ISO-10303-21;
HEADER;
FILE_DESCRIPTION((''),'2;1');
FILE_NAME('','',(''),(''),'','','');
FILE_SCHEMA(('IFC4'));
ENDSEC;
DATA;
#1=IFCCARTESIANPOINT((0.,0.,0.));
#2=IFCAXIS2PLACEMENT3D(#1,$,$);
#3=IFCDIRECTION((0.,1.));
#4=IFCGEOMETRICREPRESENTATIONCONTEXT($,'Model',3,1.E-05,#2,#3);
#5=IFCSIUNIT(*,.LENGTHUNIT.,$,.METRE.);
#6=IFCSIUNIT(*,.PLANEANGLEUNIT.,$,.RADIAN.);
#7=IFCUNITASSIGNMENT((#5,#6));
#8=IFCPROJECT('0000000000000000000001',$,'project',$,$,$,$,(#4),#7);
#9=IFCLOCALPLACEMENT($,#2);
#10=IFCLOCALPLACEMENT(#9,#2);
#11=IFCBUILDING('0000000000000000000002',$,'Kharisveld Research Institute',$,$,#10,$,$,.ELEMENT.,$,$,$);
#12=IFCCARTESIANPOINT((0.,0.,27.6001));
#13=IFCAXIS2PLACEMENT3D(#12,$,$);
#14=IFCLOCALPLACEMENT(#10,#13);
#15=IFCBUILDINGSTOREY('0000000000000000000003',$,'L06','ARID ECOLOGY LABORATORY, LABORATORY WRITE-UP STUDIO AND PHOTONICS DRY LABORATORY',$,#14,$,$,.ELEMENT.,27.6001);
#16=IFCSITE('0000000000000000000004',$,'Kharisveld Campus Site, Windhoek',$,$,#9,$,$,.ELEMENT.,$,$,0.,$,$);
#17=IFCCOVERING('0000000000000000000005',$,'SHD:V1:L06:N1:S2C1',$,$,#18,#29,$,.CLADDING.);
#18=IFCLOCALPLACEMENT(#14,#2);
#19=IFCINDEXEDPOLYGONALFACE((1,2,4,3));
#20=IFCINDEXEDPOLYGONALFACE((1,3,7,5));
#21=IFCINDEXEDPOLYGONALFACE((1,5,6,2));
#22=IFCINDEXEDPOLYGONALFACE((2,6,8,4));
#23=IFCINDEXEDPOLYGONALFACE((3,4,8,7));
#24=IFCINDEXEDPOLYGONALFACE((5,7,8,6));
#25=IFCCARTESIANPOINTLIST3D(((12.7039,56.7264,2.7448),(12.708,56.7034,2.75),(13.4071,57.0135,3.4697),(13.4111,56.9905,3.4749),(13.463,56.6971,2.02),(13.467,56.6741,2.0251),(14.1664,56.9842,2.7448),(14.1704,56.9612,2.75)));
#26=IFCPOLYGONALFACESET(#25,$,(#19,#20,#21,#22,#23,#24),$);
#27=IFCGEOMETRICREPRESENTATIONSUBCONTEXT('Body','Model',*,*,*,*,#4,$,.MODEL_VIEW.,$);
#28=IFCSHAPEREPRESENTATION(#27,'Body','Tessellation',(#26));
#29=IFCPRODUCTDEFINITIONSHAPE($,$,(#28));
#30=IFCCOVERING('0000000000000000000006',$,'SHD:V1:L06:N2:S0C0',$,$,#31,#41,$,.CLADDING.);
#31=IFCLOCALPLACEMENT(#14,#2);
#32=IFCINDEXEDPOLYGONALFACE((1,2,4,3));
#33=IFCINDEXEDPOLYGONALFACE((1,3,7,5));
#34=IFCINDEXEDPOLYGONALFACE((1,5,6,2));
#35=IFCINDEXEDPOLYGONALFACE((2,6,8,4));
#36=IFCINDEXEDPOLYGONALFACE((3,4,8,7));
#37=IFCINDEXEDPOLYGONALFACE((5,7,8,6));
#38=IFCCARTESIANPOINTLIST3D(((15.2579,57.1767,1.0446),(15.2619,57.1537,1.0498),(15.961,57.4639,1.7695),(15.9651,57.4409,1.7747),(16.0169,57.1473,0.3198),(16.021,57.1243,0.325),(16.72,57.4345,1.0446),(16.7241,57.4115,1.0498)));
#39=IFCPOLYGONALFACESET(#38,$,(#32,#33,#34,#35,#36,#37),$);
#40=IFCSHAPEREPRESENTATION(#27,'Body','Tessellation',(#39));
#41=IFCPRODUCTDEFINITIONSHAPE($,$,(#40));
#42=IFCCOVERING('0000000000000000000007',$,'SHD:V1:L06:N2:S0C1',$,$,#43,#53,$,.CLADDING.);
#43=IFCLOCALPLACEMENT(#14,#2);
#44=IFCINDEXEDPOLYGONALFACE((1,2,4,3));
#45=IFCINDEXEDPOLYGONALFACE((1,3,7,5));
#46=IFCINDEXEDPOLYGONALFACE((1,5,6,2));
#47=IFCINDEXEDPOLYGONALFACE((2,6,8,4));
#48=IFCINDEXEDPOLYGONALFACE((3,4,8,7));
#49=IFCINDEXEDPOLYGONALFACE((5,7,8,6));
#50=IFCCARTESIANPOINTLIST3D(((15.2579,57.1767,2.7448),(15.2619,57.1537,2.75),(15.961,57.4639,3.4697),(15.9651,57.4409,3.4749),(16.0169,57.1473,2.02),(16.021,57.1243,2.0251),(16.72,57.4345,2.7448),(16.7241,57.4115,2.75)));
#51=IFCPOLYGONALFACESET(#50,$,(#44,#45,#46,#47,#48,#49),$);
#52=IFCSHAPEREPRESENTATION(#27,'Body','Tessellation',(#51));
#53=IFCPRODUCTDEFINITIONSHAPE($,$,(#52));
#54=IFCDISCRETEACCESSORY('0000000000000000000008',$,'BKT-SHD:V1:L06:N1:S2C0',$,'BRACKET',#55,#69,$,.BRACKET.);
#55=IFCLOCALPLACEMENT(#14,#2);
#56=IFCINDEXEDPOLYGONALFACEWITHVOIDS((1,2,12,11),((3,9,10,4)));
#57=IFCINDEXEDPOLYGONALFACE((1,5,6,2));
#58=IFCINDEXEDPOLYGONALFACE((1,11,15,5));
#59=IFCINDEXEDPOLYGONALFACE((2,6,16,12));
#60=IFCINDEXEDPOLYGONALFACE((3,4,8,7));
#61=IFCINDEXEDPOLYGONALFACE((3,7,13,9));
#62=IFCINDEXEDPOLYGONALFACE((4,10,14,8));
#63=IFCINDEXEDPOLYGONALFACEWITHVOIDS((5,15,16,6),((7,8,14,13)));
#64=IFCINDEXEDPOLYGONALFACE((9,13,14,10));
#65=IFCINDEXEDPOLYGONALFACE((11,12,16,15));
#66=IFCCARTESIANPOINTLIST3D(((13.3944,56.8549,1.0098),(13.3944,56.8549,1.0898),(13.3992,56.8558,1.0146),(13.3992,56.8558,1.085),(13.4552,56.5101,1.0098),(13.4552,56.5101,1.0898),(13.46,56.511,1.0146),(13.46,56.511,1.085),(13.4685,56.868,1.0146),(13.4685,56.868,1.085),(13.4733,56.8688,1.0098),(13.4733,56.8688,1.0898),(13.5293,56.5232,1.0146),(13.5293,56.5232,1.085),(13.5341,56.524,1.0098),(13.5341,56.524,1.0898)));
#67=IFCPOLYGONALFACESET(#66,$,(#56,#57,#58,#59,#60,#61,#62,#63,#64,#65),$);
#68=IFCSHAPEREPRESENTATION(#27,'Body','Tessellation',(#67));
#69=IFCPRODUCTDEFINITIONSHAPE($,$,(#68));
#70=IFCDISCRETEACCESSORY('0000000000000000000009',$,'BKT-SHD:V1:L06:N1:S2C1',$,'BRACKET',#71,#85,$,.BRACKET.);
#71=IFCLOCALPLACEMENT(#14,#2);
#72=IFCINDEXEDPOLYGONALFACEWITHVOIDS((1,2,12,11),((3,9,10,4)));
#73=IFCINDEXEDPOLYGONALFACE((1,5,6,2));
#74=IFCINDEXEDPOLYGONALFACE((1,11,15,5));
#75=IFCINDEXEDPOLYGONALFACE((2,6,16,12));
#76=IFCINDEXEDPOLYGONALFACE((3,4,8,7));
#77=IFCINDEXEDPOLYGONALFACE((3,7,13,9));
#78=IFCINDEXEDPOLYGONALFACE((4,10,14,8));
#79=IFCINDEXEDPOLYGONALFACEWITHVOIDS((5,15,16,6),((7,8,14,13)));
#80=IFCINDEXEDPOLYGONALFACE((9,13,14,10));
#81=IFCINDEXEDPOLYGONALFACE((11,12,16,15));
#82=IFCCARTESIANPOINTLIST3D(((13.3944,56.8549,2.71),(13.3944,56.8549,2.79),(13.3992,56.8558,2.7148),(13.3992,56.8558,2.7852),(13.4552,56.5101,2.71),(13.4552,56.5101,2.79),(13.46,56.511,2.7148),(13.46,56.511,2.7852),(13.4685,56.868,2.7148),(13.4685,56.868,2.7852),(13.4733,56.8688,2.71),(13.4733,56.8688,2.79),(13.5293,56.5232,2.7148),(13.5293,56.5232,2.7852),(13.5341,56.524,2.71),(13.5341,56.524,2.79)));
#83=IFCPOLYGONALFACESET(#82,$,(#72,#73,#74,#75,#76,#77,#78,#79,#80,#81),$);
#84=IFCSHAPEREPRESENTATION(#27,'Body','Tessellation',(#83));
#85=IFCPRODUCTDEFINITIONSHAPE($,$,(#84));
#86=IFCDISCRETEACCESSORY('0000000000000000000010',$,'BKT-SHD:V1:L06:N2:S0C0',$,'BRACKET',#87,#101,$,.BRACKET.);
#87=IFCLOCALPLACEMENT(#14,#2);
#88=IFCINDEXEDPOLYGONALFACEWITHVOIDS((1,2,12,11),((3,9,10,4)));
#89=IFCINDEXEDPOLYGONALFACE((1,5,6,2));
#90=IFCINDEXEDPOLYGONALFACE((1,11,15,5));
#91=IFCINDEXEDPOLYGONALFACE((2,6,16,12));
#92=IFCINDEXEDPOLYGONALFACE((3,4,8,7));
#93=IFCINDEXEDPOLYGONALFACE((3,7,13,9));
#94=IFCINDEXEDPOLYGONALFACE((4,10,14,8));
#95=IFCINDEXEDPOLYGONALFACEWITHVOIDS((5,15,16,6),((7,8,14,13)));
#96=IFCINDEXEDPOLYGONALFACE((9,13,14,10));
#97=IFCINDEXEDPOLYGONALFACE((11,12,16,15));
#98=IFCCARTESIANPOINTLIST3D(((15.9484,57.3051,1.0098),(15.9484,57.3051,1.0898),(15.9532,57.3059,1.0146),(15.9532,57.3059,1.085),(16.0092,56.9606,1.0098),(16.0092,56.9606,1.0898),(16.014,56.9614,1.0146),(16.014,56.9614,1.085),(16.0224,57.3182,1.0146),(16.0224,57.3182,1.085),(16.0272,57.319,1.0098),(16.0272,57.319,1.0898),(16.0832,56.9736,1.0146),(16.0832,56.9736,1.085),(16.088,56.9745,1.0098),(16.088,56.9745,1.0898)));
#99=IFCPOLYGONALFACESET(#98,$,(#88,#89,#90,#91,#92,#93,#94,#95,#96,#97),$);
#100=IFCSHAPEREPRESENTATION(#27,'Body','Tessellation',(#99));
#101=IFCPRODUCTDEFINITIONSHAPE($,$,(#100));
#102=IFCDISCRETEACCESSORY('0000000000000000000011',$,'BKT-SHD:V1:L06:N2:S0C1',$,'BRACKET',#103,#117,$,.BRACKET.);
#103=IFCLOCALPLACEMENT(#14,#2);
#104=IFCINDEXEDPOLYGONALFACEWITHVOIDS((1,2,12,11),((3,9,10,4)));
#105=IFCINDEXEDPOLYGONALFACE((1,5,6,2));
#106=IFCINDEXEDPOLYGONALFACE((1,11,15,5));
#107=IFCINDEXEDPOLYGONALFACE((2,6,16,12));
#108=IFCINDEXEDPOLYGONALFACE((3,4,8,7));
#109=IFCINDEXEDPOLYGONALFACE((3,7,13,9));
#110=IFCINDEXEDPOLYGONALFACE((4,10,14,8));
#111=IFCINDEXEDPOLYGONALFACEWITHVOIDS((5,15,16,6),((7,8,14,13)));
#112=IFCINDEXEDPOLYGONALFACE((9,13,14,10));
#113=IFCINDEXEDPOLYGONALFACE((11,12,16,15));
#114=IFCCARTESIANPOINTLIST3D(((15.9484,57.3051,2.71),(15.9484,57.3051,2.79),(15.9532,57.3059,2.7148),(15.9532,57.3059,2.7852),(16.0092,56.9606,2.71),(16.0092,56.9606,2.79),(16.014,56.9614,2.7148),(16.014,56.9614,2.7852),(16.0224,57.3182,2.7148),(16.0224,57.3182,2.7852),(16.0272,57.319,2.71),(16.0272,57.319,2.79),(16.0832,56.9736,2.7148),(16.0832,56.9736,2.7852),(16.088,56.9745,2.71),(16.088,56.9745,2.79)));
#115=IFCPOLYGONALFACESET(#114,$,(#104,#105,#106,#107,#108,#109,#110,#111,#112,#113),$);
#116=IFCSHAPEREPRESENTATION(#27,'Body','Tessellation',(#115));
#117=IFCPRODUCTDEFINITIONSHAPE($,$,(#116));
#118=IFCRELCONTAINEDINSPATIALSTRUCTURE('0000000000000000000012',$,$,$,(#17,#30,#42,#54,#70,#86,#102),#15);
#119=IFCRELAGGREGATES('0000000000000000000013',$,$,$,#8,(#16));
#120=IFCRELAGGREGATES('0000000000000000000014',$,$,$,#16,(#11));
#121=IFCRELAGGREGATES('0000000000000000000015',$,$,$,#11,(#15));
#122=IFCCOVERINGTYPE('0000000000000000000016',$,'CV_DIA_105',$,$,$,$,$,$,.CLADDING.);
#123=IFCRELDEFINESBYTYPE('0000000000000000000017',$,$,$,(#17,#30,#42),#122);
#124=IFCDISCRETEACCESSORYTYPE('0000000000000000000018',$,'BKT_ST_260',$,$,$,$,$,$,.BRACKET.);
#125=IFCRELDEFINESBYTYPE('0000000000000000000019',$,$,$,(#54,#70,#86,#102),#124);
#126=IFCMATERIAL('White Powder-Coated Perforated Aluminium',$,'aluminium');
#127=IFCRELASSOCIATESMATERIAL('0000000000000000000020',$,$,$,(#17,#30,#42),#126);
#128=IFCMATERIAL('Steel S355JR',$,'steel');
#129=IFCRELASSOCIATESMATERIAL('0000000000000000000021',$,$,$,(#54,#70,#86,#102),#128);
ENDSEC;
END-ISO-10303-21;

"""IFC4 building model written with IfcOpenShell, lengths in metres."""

from ifc_helpers import new_model, si_unit, direction, frame, origin, origin_2d, place, context, subcontext, project, spatial, polyline, hollow_rectangle, outline, extrude, material, type_object, element, save


model = new_model("IFC4")

# Units and contexts
model_context = context("Model", 3, precision=1e-05, world=origin(), true_north=direction((0.0, 1.0)))
body_context = subcontext(model_context, "Body", "Model", "MODEL_VIEW")
ifc_project = project(units=[si_unit("LENGTHUNIT", "METRE"), si_unit("PLANEANGLEUNIT", "RADIAN")], contexts=[model_context])

# Site, building, storey
site_placement = place(None, origin())
site = spatial("IfcSite", under=ifc_project, at=site_placement, Name="Kharisveld Campus Site, Windhoek", CompositionType="ELEMENT", RefElevation=0.0)
building_placement = place(site_placement, origin())
building = spatial("IfcBuilding", under=site, at=building_placement, Name="Kharisveld Research Institute", CompositionType="ELEMENT")
storey_placement = place(building_placement, frame((0.0, 0.0, 27.6001)))
storey = spatial("IfcBuildingStorey", under=building, at=storey_placement, Name="L06", Description="ARID ECOLOGY LABORATORY, LABORATORY WRITE-UP STUDIO AND PHOTONICS DRY LABORATORY", CompositionType="ELEMENT", Elevation=27.6001)

# Coverings
ifc_material_1 = material(Name="White Powder-Coated Perforated Aluminium", Category="aluminium")
covering_type = type_object("IfcCoveringType", Name="CV_DIA_105", PredefinedType="CLADDING")
for number, where, z_axis, x_axis, name in (
    (1, (13.467, 56.6741, 2.0251), (0.169503, -0.961481, 0.216385), (0.66985, 0.273447, 0.69031), "SHD:V1:L06:N1:S2C1"),
):
    element("IfcCovering", number, at=place(storey_placement, frame(where, z_axis=z_axis, x_axis=x_axis)), inside=storey, type_object=covering_type, material=ifc_material_1, Name=name, PredefinedType="CLADDING", context=body_context, shape_type="SweptSolid", body=[
        extrude(outline(polyline([(0.0, 0.0), (1.05, 0.0), (1.0498, 1.0501), (-0.0001, 1.05), (0.0, 0.0)])), origin(), (0.0, 0.0, -1.0), 0.0239),
    ])
for number, where, z_axis, x_axis, name in (
    (2, (16.021, 57.1243, 0.325), (0.169525, -0.961443, 0.21654), (0.669706, 0.273579, 0.690397), "SHD:V1:L06:N2:S0C0"),
    (3, (16.021, 57.1243, 2.0251), (0.169525, -0.961443, 0.21654), (0.669706, 0.273579, 0.690397), "SHD:V1:L06:N2:S0C1"),
):
    element("IfcCovering", number, at=place(storey_placement, frame(where, z_axis=z_axis, x_axis=x_axis)), inside=storey, type_object=covering_type, material=ifc_material_1, Name=name, PredefinedType="CLADDING", context=body_context, shape_type="SweptSolid", body=[
        extrude(outline(polyline([(0.0, 0.0), (1.0499, 0.0), (1.0501, 1.05), (0.0001, 1.05), (0.0, 0.0)])), origin(), (0.0, 0.0, -1.0), 0.0239),
    ])

# Discrete accessories
ifc_material_2 = material(Name="Steel S355JR", Category="steel")
discrete_accessory_type = type_object("IfcDiscreteAccessoryType", Name="BKT_ST_260", PredefinedType="BRACKET")
for number, where, z_axis, x_axis, name in (
    (4, (13.4946, 56.5171, 1.0498), (-0.173666, 0.984805, 0.0), (-0.984805, -0.173666, 0.0), "BKT-SHD:V1:L06:N1:S2C0"),
    (5, (13.4946, 56.5171, 2.75), (-0.173666, 0.984805, 0.0), (-0.984805, -0.173666, 0.0), "BKT-SHD:V1:L06:N1:S2C1"),
):
    element("IfcDiscreteAccessory", number, at=place(storey_placement, frame(where, z_axis=z_axis, x_axis=x_axis)), inside=storey, type_object=discrete_accessory_type, material=ifc_material_2, Name=name, ObjectType="BRACKET", PredefinedType="BRACKET", context=body_context, shape_type="SweptSolid", body=[
        extrude(hollow_rectangle(XDim=0.0801, YDim=0.0801, WallThickness=0.0049, at=origin_2d()), origin(), (0.0, 0.0, 1.0), 0.3501),
    ])
for number, where, z_axis, x_axis, name in (
    (6, (16.0486, 56.9675, 1.0498), (-0.173785, 0.984784, 0.0), (-0.984784, -0.173785, 0.0), "BKT-SHD:V1:L06:N2:S0C0"),
    (7, (16.0486, 56.9675, 2.75), (-0.173785, 0.984784, 0.0), (-0.984784, -0.173785, 0.0), "BKT-SHD:V1:L06:N2:S0C1"),
):
    element("IfcDiscreteAccessory", number, at=place(storey_placement, frame(where, z_axis=z_axis, x_axis=x_axis)), inside=storey, type_object=discrete_accessory_type, material=ifc_material_2, Name=name, ObjectType="BRACKET", PredefinedType="BRACKET", context=body_context, shape_type="SweptSolid", body=[
        extrude(hollow_rectangle(XDim=0.0801, YDim=0.0801, WallThickness=0.0049, at=origin_2d()), origin(), (0.0, 0.0, 1.0), 0.3499),
    ])

save(model, "model.ifc")
